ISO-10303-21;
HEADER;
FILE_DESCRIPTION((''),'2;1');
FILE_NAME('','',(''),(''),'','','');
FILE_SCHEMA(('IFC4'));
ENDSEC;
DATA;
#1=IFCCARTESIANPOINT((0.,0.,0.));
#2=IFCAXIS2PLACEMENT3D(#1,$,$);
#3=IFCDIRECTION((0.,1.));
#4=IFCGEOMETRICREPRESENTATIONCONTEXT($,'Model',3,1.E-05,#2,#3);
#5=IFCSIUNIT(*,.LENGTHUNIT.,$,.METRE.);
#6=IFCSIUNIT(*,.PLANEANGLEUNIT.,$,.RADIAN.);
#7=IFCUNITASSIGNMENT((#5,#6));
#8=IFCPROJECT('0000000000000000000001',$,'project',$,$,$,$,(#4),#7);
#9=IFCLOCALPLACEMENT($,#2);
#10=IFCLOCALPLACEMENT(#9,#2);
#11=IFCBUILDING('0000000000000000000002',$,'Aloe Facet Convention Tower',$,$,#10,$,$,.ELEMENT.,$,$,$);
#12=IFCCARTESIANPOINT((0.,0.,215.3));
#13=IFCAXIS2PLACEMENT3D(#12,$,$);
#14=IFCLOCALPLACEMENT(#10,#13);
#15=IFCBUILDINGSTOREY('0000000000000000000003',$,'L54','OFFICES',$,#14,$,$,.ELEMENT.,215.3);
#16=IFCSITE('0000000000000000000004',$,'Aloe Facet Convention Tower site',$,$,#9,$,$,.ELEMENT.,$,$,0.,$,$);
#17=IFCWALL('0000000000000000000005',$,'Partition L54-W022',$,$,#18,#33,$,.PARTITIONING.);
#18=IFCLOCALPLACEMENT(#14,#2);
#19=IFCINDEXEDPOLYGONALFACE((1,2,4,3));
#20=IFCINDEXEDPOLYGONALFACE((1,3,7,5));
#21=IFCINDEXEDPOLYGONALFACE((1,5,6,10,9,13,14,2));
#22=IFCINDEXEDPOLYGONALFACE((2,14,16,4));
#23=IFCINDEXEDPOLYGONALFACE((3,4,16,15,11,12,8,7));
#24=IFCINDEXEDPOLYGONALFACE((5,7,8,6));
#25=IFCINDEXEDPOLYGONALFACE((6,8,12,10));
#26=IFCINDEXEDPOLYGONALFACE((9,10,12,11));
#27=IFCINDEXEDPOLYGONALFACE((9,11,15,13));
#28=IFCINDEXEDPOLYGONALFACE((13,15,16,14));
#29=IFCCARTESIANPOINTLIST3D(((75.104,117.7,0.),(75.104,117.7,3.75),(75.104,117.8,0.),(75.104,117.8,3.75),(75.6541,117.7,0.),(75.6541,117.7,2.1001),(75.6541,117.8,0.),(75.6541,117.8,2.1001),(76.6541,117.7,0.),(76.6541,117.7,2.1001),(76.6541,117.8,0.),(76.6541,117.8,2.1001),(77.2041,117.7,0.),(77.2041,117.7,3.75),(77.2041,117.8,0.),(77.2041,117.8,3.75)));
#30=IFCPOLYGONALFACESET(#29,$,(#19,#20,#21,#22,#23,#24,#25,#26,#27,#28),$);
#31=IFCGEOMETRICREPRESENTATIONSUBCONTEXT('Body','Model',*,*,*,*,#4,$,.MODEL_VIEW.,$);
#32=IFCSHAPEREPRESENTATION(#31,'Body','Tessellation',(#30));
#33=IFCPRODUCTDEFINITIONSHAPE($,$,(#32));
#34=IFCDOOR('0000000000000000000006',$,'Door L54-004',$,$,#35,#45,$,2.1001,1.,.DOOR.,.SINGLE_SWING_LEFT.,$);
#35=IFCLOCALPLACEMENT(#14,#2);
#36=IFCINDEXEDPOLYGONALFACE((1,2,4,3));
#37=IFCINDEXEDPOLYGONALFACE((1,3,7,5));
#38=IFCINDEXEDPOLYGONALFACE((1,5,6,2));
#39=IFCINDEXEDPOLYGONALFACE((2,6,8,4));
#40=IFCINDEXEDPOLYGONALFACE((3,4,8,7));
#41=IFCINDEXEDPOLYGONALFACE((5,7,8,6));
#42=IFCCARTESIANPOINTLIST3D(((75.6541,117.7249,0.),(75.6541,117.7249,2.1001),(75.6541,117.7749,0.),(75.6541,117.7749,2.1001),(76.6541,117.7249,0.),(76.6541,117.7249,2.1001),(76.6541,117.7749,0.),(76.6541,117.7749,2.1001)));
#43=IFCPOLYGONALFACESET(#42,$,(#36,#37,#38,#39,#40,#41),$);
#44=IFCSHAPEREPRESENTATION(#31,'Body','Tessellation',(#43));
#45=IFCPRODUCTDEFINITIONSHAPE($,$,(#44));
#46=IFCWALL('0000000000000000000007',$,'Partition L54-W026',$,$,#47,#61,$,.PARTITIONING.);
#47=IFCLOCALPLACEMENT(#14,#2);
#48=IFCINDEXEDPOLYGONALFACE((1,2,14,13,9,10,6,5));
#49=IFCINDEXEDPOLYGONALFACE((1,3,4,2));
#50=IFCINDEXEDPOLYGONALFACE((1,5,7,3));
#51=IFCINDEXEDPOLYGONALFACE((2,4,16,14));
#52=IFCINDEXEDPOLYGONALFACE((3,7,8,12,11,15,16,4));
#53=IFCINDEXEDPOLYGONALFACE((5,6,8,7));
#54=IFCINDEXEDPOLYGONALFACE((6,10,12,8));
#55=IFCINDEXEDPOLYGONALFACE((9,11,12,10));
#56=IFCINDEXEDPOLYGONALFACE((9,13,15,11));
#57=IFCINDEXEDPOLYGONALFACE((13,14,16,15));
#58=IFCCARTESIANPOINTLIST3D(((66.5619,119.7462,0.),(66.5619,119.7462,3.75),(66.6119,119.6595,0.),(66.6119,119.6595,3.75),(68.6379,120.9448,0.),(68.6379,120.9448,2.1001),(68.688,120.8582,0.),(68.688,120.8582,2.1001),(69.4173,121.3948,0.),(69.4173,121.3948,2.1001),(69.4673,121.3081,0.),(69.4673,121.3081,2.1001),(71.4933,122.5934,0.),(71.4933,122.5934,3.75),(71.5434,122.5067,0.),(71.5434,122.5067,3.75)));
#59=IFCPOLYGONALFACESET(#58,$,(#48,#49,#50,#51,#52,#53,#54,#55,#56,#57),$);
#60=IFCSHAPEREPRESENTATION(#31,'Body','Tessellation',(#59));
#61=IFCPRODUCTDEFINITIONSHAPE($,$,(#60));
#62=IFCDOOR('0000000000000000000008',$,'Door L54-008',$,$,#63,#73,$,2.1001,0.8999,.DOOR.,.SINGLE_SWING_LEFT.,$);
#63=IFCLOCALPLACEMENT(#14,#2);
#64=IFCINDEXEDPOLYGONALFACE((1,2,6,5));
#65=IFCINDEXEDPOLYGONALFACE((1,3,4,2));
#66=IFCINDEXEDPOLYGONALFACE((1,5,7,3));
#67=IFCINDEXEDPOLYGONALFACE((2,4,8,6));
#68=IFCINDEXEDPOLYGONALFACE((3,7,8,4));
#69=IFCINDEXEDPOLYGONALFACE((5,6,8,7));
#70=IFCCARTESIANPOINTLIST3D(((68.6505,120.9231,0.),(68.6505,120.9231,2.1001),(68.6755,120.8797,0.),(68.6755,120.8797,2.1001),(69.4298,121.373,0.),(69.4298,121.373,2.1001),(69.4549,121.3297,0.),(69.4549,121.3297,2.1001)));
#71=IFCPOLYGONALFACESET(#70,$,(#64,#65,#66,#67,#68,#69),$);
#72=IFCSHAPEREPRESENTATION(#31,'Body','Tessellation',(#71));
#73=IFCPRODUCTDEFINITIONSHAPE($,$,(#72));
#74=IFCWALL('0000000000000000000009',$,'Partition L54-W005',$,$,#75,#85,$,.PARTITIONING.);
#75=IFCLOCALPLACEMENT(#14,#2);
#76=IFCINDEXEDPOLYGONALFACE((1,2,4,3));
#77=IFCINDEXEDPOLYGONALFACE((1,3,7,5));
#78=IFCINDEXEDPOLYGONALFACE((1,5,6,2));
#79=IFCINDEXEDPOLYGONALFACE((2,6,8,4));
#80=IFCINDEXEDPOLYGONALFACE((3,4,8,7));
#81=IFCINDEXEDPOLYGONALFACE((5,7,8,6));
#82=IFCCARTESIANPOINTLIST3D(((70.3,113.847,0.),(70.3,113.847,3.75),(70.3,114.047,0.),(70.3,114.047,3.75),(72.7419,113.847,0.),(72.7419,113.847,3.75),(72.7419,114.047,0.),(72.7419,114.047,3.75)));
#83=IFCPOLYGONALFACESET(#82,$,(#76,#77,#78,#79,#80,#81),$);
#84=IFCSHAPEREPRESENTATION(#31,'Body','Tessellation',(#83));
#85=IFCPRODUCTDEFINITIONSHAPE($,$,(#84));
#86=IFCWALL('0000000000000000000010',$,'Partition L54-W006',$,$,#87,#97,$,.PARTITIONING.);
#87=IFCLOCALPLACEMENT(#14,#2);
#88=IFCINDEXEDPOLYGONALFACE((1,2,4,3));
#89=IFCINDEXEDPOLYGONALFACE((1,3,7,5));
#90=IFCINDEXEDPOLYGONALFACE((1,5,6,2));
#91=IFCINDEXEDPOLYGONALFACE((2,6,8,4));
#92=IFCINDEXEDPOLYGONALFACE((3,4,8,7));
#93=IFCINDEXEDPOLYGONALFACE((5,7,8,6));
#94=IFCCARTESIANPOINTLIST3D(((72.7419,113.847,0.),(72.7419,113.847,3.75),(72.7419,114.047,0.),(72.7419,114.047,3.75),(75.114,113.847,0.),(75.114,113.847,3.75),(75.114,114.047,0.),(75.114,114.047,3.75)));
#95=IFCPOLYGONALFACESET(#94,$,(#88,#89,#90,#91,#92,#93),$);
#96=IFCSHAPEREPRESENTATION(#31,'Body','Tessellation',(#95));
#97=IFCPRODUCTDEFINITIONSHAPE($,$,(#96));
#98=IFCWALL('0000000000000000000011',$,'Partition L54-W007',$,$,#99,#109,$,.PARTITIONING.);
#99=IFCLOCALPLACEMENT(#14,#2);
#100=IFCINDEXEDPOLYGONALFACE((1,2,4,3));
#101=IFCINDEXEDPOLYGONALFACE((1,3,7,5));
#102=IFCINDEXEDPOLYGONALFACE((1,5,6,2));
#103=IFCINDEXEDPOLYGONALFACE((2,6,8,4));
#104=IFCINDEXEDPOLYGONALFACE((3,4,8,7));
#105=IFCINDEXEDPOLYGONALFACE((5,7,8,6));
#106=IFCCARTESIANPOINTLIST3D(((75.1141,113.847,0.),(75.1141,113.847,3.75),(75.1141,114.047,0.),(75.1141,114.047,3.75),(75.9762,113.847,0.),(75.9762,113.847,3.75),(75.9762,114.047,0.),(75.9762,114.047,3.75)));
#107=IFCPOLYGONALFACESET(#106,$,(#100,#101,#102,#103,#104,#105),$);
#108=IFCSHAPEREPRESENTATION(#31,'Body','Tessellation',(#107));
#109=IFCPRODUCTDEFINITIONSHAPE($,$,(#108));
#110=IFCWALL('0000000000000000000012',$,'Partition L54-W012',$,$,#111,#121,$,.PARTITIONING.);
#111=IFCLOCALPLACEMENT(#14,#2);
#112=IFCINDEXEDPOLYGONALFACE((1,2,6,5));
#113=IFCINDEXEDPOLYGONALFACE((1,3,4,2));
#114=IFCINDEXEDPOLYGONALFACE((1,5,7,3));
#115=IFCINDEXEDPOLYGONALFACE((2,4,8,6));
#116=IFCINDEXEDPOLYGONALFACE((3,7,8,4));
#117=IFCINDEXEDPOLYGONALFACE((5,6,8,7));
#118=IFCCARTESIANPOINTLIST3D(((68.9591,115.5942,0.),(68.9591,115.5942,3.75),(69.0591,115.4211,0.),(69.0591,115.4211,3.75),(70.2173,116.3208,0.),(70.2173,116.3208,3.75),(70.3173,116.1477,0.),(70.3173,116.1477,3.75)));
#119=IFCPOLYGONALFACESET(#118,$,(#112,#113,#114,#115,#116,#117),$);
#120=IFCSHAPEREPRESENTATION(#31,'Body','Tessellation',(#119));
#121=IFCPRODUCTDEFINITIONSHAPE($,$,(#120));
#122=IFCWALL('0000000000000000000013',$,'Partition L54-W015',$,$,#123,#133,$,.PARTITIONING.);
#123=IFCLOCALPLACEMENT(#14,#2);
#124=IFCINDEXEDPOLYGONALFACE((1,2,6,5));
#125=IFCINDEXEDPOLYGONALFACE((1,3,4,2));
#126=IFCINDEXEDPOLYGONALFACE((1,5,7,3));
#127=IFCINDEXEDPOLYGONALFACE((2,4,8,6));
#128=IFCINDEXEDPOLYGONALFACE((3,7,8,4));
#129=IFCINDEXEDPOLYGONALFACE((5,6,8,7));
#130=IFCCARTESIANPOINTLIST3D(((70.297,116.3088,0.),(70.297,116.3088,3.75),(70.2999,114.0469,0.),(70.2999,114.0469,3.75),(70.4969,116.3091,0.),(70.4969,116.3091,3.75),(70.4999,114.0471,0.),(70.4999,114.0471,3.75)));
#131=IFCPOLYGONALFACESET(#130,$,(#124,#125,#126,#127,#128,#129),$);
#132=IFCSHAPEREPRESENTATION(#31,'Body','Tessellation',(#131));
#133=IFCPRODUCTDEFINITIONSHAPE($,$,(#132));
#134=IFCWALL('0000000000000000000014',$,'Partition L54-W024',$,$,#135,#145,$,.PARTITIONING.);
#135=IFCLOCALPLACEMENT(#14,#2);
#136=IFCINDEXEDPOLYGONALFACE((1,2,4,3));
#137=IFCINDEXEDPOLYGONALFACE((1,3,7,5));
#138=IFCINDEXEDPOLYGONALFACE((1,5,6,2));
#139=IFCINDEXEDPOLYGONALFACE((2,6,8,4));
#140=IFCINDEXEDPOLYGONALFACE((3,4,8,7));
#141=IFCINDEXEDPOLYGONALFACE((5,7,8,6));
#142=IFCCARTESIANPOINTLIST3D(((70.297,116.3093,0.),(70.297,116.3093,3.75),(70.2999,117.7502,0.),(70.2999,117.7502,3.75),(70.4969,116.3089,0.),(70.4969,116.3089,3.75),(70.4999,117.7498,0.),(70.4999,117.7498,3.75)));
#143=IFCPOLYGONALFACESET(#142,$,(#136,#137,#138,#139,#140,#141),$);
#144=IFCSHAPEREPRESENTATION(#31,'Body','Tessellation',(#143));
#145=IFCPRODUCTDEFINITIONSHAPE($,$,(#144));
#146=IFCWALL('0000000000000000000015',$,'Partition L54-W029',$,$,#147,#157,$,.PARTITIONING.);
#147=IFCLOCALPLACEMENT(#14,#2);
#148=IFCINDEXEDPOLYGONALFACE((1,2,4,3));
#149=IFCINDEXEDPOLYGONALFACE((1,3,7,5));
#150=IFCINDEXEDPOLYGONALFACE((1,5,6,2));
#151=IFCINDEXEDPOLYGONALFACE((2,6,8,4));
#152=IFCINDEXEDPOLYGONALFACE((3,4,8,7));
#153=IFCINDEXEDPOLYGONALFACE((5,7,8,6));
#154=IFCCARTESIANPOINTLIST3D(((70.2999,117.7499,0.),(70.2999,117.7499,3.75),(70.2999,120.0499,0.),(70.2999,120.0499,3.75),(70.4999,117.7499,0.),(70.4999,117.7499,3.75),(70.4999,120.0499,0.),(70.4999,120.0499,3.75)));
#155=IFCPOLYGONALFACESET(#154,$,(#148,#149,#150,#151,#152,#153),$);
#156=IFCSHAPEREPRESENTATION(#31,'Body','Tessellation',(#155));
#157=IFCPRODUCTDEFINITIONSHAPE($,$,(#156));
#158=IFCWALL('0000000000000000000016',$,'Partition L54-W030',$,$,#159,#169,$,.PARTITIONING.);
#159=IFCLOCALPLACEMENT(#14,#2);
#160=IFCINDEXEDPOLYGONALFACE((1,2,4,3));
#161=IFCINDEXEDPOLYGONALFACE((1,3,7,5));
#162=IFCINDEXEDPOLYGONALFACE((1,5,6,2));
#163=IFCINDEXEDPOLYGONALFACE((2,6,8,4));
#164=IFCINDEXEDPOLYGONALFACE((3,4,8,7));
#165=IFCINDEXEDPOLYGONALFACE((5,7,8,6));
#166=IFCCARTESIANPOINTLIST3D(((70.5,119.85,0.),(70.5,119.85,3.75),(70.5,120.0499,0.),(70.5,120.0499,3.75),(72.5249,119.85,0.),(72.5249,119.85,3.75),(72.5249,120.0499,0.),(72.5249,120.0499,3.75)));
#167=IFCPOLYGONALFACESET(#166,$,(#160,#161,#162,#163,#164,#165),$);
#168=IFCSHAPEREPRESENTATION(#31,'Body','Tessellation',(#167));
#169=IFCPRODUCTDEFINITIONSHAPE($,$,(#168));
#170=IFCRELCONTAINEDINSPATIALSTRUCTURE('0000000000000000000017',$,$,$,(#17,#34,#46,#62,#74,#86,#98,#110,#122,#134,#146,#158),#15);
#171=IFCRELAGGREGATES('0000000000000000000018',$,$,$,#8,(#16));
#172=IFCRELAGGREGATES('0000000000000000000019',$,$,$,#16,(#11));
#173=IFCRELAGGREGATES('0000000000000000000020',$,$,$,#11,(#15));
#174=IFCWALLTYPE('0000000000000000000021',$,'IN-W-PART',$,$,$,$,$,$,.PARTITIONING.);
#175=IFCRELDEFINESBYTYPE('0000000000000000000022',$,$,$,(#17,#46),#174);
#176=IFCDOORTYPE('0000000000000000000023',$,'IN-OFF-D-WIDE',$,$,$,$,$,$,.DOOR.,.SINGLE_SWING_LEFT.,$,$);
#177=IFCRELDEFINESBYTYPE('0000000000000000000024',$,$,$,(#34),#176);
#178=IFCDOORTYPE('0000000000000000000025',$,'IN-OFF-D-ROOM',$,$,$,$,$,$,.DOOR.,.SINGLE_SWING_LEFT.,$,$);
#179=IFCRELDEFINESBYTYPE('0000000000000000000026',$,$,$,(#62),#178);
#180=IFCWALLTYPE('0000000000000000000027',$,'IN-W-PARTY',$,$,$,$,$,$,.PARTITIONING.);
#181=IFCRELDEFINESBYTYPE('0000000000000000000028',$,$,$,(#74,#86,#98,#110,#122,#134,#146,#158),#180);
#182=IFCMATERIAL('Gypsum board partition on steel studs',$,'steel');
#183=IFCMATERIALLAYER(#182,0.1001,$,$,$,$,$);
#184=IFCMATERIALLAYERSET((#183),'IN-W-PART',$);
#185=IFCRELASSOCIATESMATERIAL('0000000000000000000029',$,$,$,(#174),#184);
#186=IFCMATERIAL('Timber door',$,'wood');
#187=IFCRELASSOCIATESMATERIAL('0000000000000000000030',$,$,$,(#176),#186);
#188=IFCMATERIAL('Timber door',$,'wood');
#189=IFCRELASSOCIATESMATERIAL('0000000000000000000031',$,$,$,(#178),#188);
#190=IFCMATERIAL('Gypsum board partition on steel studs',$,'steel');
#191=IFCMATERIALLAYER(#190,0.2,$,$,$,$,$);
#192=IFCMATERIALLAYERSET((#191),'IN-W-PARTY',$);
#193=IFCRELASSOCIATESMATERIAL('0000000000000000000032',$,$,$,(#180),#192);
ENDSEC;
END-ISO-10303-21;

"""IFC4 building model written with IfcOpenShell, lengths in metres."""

from ifc_helpers import new_model, si_unit, direction, frame, frame_2d, origin, place, context, subcontext, project, spatial, rectangle, extrude, material, layer, layer_set, type_object, element, fill, save


model = new_model("IFC4")

# Units and contexts
model_context = context("Model", 3, precision=1e-05, world=origin(), true_north=direction((0.0, 1.0)))
body_context = subcontext(model_context, "Body", "Model", "MODEL_VIEW")
ifc_project = project(units=[si_unit("LENGTHUNIT", "METRE"), si_unit("PLANEANGLEUNIT", "RADIAN")], contexts=[model_context])

# Site, building, storey
site_placement = place(None, origin())
site = spatial("IfcSite", under=ifc_project, at=site_placement, Name="Aloe Facet Convention Tower site", CompositionType="ELEMENT", RefElevation=0.0)
building_placement = place(site_placement, origin())
building = spatial("IfcBuilding", under=site, at=building_placement, Name="Aloe Facet Convention Tower", CompositionType="ELEMENT")
storey_placement = place(building_placement, frame((0.0, 0.0, 215.3)))
storey = spatial("IfcBuildingStorey", under=building, at=storey_placement, Name="L54", Description="OFFICES", CompositionType="ELEMENT", Elevation=215.3)

# Shared definitions
ifc_material_1 = material(Name="Gypsum board partition on steel studs", Category="steel")
ifc_layer_1 = layer(ifc_material_1, 0.1001)
ifc_layer_set_1 = layer_set([ifc_layer_1], Name="IN-W-PART")
wall_type_1 = type_object("IfcWallType", Name="IN-W-PART", PredefinedType="PARTITIONING", material=ifc_layer_set_1)

# Walls, openings, doors
wall_1_placement = place(storey_placement, frame((75.104, 117.75, 0.0), z_axis=(0.0, 0.0, 1.0), x_axis=(1.0, 0.0, 0.0)))
wall_1 = element("IfcWall", 1, at=wall_1_placement, inside=storey, type_object=wall_type_1, Name="Partition L54-W022", PredefinedType="PARTITIONING", context=body_context, shape_type="SweptSolid", body=[
    extrude(rectangle(XDim=2.1001, YDim=0.1001, at=frame_2d((1.05, 0.0))), origin(), (0.0, 0.0, 1.0), 3.75),
])
opening_1_placement = place(wall_1_placement, frame((0.55, 0.0, 0.0)))
opening_1 = element("IfcOpeningElement", 2, at=opening_1_placement, cuts=wall_1, PredefinedType="OPENING", context=body_context, shape_type="SweptSolid", body=[
    extrude(rectangle(XDim=1.0, YDim=2.1001, at=frame_2d((0.5, 1.05))), frame((0.0, 0.0601, 0.0), z_axis=(0.0, -1.0, 0.0), x_axis=(1.0, 0.0, 0.0)), (0.0, 0.0, 1.0), 0.1201),
])
ifc_material_2 = material(Name="Timber door", Category="wood")
door_type_1 = type_object("IfcDoorType", Name="IN-OFF-D-WIDE", OperationType="SINGLE_SWING_LEFT", PredefinedType="DOOR", material=ifc_material_2)
door_1_placement = place(opening_1_placement, origin())
door_1 = element("IfcDoor", 3, at=door_1_placement, inside=storey, type_object=door_type_1, Name="Door L54-004", OperationType="SINGLE_SWING_LEFT", OverallHeight=2.1001, OverallWidth=1.0, PredefinedType="DOOR", context=body_context, shape_type="SweptSolid", body=[
    extrude(rectangle(XDim=1.0, YDim=2.1001, at=frame_2d((0.5, 1.05))), frame((0.0, 0.0249, 0.0), z_axis=(0.0, -1.0, 0.0), x_axis=(1.0, 0.0, 0.0)), (0.0, 0.0, 1.0), 0.05),
])
fill(opening_1, door_1)
wall_2_placement = place(storey_placement, frame((66.5869, 119.7029, 0.0), z_axis=(0.0, 0.0, 1.0), x_axis=(0.866024, 0.500003, 0.0)))
wall_2 = element("IfcWall", 4, at=wall_2_placement, inside=storey, type_object=wall_type_1, Name="Partition L54-W026", PredefinedType="PARTITIONING", context=body_context, shape_type="SweptSolid", body=[
    extrude(rectangle(XDim=5.6943, YDim=0.1001, at=frame_2d((2.8472, 0.0))), origin(), (0.0, 0.0, 1.0), 3.75),
])
opening_2_placement = place(wall_2_placement, frame((2.3972, 0.0, 0.0)))
opening_2 = element("IfcOpeningElement", 5, at=opening_2_placement, cuts=wall_2, PredefinedType="OPENING", context=body_context, shape_type="SweptSolid", body=[
    extrude(rectangle(XDim=0.8999, YDim=2.1001, at=frame_2d((0.45, 1.05))), frame((0.0, 0.0601, 0.0), z_axis=(0.0, -1.0, 0.0), x_axis=(1.0, 0.0, 0.0)), (0.0, 0.0, 1.0), 0.1201),
])
ifc_material_3 = material(Name="Timber door", Category="wood")
door_type_2 = type_object("IfcDoorType", Name="IN-OFF-D-ROOM", OperationType="SINGLE_SWING_LEFT", PredefinedType="DOOR", material=ifc_material_3)
door_2_placement = place(opening_2_placement, origin())
door_2 = element("IfcDoor", 6, at=door_2_placement, inside=storey, type_object=door_type_2, Name="Door L54-008", OperationType="SINGLE_SWING_LEFT", OverallHeight=2.1001, OverallWidth=0.8999, PredefinedType="DOOR", context=body_context, shape_type="SweptSolid", body=[
    extrude(rectangle(XDim=0.8999, YDim=2.1001, at=frame_2d((0.45, 1.05))), frame((0.0, 0.0249, 0.0), z_axis=(0.0, -1.0, 0.0), x_axis=(1.0, 0.0, 0.0)), (0.0, 0.0, 1.0), 0.05),
])
fill(opening_2, door_2)

# Walls
ifc_material_4 = material(Name="Gypsum board partition on steel studs", Category="steel")
ifc_layer_2 = layer(ifc_material_4, 0.2)
ifc_layer_set_2 = layer_set([ifc_layer_2], Name="IN-W-PARTY")
wall_type_2 = type_object("IfcWallType", Name="IN-W-PARTY", PredefinedType="PARTITIONING", material=ifc_layer_set_2)
wall_3_placement = place(storey_placement, frame((70.3, 113.947, 0.0), z_axis=(0.0, 0.0, 1.0), x_axis=(1.0, 0.0, 0.0)))
element("IfcWall", 7, at=wall_3_placement, inside=storey, type_object=wall_type_2, Name="Partition L54-W005", PredefinedType="PARTITIONING", context=body_context, shape_type="SweptSolid", body=[
    extrude(rectangle(XDim=2.4419, YDim=0.2, at=frame_2d((1.2209, 0.0))), origin(), (0.0, 0.0, 1.0), 3.75),
])
wall_4_placement = place(storey_placement, frame((72.7419, 113.947, 0.0), z_axis=(0.0, 0.0, 1.0), x_axis=(1.0, 0.0, 0.0)))
element("IfcWall", 8, at=wall_4_placement, inside=storey, type_object=wall_type_2, Name="Partition L54-W006", PredefinedType="PARTITIONING", context=body_context, shape_type="SweptSolid", body=[
    extrude(rectangle(XDim=2.3721, YDim=0.2, at=frame_2d((1.186, 0.0))), origin(), (0.0, 0.0, 1.0), 3.75),
])
wall_5_placement = place(storey_placement, frame((75.114, 113.947, 0.0), z_axis=(0.0, 0.0, 1.0), x_axis=(1.0, 0.0, 0.0)))
element("IfcWall", 9, at=wall_5_placement, inside=storey, type_object=wall_type_2, Name="Partition L54-W007", PredefinedType="PARTITIONING", context=body_context, shape_type="SweptSolid", body=[
    extrude(rectangle(XDim=0.8621, YDim=0.2, at=frame_2d((0.4312, 0.0))), origin(), (0.0, 0.0, 1.0), 3.75),
])
wall_6_placement = place(storey_placement, frame((69.009, 115.5076, 0.0), z_axis=(0.0, 0.0, 1.0), x_axis=(0.865959, 0.500115, 0.0)))
element("IfcWall", 10, at=wall_6_placement, inside=storey, type_object=wall_type_2, Name="Partition L54-W012", PredefinedType="PARTITIONING", context=body_context, shape_type="SweptSolid", body=[
    extrude(rectangle(XDim=1.4529, YDim=0.2, at=frame_2d((0.7266, 0.0))), origin(), (0.0, 0.0, 1.0), 3.75),
])
wall_7_placement = place(storey_placement, frame((70.3999, 114.0471, 0.0), z_axis=(0.0, 0.0, 1.0), x_axis=(-0.001295, 0.999999, 0.0)))
element("IfcWall", 11, at=wall_7_placement, inside=storey, type_object=wall_type_2, Name="Partition L54-W015", PredefinedType="PARTITIONING", context=body_context, shape_type="SweptSolid", body=[
    extrude(rectangle(XDim=2.262, YDim=0.2, at=frame_2d((1.1309, 0.0))), origin(), (0.0, 0.0, 1.0), 3.75),
])
wall_8_placement = place(storey_placement, frame((70.397, 116.3091, 0.0), z_axis=(0.0, 0.0, 1.0), x_axis=(0.002033, 0.999998, 0.0)))
element("IfcWall", 12, at=wall_8_placement, inside=storey, type_object=wall_type_2, Name="Partition L54-W024", PredefinedType="PARTITIONING", context=body_context, shape_type="SweptSolid", body=[
    extrude(rectangle(XDim=1.4409, YDim=0.2, at=frame_2d((0.7205, 0.0))), origin(), (0.0, 0.0, 1.0), 3.75),
])
wall_9_placement = place(storey_placement, frame((70.3999, 117.75, 0.0), z_axis=(0.0, 0.0, 1.0), x_axis=(0.0, 1.0, 0.0)))
element("IfcWall", 13, at=wall_9_placement, inside=storey, type_object=wall_type_2, Name="Partition L54-W029", PredefinedType="PARTITIONING", context=body_context, shape_type="SweptSolid", body=[
    extrude(rectangle(XDim=2.3, YDim=0.2, at=frame_2d((1.1499, 0.0))), origin(), (0.0, 0.0, 1.0), 3.75),
])
wall_10_placement = place(storey_placement, frame((70.5, 119.95, 0.0), z_axis=(0.0, 0.0, 1.0), x_axis=(1.0, 0.0, 0.0)))
element("IfcWall", 14, at=wall_10_placement, inside=storey, type_object=wall_type_2, Name="Partition L54-W030", PredefinedType="PARTITIONING", context=body_context, shape_type="SweptSolid", body=[
    extrude(rectangle(XDim=2.0249, YDim=0.2, at=frame_2d((1.0125, 0.0))), origin(), (0.0, 0.0, 1.0), 3.75),
])

save(model, "model.ifc")
